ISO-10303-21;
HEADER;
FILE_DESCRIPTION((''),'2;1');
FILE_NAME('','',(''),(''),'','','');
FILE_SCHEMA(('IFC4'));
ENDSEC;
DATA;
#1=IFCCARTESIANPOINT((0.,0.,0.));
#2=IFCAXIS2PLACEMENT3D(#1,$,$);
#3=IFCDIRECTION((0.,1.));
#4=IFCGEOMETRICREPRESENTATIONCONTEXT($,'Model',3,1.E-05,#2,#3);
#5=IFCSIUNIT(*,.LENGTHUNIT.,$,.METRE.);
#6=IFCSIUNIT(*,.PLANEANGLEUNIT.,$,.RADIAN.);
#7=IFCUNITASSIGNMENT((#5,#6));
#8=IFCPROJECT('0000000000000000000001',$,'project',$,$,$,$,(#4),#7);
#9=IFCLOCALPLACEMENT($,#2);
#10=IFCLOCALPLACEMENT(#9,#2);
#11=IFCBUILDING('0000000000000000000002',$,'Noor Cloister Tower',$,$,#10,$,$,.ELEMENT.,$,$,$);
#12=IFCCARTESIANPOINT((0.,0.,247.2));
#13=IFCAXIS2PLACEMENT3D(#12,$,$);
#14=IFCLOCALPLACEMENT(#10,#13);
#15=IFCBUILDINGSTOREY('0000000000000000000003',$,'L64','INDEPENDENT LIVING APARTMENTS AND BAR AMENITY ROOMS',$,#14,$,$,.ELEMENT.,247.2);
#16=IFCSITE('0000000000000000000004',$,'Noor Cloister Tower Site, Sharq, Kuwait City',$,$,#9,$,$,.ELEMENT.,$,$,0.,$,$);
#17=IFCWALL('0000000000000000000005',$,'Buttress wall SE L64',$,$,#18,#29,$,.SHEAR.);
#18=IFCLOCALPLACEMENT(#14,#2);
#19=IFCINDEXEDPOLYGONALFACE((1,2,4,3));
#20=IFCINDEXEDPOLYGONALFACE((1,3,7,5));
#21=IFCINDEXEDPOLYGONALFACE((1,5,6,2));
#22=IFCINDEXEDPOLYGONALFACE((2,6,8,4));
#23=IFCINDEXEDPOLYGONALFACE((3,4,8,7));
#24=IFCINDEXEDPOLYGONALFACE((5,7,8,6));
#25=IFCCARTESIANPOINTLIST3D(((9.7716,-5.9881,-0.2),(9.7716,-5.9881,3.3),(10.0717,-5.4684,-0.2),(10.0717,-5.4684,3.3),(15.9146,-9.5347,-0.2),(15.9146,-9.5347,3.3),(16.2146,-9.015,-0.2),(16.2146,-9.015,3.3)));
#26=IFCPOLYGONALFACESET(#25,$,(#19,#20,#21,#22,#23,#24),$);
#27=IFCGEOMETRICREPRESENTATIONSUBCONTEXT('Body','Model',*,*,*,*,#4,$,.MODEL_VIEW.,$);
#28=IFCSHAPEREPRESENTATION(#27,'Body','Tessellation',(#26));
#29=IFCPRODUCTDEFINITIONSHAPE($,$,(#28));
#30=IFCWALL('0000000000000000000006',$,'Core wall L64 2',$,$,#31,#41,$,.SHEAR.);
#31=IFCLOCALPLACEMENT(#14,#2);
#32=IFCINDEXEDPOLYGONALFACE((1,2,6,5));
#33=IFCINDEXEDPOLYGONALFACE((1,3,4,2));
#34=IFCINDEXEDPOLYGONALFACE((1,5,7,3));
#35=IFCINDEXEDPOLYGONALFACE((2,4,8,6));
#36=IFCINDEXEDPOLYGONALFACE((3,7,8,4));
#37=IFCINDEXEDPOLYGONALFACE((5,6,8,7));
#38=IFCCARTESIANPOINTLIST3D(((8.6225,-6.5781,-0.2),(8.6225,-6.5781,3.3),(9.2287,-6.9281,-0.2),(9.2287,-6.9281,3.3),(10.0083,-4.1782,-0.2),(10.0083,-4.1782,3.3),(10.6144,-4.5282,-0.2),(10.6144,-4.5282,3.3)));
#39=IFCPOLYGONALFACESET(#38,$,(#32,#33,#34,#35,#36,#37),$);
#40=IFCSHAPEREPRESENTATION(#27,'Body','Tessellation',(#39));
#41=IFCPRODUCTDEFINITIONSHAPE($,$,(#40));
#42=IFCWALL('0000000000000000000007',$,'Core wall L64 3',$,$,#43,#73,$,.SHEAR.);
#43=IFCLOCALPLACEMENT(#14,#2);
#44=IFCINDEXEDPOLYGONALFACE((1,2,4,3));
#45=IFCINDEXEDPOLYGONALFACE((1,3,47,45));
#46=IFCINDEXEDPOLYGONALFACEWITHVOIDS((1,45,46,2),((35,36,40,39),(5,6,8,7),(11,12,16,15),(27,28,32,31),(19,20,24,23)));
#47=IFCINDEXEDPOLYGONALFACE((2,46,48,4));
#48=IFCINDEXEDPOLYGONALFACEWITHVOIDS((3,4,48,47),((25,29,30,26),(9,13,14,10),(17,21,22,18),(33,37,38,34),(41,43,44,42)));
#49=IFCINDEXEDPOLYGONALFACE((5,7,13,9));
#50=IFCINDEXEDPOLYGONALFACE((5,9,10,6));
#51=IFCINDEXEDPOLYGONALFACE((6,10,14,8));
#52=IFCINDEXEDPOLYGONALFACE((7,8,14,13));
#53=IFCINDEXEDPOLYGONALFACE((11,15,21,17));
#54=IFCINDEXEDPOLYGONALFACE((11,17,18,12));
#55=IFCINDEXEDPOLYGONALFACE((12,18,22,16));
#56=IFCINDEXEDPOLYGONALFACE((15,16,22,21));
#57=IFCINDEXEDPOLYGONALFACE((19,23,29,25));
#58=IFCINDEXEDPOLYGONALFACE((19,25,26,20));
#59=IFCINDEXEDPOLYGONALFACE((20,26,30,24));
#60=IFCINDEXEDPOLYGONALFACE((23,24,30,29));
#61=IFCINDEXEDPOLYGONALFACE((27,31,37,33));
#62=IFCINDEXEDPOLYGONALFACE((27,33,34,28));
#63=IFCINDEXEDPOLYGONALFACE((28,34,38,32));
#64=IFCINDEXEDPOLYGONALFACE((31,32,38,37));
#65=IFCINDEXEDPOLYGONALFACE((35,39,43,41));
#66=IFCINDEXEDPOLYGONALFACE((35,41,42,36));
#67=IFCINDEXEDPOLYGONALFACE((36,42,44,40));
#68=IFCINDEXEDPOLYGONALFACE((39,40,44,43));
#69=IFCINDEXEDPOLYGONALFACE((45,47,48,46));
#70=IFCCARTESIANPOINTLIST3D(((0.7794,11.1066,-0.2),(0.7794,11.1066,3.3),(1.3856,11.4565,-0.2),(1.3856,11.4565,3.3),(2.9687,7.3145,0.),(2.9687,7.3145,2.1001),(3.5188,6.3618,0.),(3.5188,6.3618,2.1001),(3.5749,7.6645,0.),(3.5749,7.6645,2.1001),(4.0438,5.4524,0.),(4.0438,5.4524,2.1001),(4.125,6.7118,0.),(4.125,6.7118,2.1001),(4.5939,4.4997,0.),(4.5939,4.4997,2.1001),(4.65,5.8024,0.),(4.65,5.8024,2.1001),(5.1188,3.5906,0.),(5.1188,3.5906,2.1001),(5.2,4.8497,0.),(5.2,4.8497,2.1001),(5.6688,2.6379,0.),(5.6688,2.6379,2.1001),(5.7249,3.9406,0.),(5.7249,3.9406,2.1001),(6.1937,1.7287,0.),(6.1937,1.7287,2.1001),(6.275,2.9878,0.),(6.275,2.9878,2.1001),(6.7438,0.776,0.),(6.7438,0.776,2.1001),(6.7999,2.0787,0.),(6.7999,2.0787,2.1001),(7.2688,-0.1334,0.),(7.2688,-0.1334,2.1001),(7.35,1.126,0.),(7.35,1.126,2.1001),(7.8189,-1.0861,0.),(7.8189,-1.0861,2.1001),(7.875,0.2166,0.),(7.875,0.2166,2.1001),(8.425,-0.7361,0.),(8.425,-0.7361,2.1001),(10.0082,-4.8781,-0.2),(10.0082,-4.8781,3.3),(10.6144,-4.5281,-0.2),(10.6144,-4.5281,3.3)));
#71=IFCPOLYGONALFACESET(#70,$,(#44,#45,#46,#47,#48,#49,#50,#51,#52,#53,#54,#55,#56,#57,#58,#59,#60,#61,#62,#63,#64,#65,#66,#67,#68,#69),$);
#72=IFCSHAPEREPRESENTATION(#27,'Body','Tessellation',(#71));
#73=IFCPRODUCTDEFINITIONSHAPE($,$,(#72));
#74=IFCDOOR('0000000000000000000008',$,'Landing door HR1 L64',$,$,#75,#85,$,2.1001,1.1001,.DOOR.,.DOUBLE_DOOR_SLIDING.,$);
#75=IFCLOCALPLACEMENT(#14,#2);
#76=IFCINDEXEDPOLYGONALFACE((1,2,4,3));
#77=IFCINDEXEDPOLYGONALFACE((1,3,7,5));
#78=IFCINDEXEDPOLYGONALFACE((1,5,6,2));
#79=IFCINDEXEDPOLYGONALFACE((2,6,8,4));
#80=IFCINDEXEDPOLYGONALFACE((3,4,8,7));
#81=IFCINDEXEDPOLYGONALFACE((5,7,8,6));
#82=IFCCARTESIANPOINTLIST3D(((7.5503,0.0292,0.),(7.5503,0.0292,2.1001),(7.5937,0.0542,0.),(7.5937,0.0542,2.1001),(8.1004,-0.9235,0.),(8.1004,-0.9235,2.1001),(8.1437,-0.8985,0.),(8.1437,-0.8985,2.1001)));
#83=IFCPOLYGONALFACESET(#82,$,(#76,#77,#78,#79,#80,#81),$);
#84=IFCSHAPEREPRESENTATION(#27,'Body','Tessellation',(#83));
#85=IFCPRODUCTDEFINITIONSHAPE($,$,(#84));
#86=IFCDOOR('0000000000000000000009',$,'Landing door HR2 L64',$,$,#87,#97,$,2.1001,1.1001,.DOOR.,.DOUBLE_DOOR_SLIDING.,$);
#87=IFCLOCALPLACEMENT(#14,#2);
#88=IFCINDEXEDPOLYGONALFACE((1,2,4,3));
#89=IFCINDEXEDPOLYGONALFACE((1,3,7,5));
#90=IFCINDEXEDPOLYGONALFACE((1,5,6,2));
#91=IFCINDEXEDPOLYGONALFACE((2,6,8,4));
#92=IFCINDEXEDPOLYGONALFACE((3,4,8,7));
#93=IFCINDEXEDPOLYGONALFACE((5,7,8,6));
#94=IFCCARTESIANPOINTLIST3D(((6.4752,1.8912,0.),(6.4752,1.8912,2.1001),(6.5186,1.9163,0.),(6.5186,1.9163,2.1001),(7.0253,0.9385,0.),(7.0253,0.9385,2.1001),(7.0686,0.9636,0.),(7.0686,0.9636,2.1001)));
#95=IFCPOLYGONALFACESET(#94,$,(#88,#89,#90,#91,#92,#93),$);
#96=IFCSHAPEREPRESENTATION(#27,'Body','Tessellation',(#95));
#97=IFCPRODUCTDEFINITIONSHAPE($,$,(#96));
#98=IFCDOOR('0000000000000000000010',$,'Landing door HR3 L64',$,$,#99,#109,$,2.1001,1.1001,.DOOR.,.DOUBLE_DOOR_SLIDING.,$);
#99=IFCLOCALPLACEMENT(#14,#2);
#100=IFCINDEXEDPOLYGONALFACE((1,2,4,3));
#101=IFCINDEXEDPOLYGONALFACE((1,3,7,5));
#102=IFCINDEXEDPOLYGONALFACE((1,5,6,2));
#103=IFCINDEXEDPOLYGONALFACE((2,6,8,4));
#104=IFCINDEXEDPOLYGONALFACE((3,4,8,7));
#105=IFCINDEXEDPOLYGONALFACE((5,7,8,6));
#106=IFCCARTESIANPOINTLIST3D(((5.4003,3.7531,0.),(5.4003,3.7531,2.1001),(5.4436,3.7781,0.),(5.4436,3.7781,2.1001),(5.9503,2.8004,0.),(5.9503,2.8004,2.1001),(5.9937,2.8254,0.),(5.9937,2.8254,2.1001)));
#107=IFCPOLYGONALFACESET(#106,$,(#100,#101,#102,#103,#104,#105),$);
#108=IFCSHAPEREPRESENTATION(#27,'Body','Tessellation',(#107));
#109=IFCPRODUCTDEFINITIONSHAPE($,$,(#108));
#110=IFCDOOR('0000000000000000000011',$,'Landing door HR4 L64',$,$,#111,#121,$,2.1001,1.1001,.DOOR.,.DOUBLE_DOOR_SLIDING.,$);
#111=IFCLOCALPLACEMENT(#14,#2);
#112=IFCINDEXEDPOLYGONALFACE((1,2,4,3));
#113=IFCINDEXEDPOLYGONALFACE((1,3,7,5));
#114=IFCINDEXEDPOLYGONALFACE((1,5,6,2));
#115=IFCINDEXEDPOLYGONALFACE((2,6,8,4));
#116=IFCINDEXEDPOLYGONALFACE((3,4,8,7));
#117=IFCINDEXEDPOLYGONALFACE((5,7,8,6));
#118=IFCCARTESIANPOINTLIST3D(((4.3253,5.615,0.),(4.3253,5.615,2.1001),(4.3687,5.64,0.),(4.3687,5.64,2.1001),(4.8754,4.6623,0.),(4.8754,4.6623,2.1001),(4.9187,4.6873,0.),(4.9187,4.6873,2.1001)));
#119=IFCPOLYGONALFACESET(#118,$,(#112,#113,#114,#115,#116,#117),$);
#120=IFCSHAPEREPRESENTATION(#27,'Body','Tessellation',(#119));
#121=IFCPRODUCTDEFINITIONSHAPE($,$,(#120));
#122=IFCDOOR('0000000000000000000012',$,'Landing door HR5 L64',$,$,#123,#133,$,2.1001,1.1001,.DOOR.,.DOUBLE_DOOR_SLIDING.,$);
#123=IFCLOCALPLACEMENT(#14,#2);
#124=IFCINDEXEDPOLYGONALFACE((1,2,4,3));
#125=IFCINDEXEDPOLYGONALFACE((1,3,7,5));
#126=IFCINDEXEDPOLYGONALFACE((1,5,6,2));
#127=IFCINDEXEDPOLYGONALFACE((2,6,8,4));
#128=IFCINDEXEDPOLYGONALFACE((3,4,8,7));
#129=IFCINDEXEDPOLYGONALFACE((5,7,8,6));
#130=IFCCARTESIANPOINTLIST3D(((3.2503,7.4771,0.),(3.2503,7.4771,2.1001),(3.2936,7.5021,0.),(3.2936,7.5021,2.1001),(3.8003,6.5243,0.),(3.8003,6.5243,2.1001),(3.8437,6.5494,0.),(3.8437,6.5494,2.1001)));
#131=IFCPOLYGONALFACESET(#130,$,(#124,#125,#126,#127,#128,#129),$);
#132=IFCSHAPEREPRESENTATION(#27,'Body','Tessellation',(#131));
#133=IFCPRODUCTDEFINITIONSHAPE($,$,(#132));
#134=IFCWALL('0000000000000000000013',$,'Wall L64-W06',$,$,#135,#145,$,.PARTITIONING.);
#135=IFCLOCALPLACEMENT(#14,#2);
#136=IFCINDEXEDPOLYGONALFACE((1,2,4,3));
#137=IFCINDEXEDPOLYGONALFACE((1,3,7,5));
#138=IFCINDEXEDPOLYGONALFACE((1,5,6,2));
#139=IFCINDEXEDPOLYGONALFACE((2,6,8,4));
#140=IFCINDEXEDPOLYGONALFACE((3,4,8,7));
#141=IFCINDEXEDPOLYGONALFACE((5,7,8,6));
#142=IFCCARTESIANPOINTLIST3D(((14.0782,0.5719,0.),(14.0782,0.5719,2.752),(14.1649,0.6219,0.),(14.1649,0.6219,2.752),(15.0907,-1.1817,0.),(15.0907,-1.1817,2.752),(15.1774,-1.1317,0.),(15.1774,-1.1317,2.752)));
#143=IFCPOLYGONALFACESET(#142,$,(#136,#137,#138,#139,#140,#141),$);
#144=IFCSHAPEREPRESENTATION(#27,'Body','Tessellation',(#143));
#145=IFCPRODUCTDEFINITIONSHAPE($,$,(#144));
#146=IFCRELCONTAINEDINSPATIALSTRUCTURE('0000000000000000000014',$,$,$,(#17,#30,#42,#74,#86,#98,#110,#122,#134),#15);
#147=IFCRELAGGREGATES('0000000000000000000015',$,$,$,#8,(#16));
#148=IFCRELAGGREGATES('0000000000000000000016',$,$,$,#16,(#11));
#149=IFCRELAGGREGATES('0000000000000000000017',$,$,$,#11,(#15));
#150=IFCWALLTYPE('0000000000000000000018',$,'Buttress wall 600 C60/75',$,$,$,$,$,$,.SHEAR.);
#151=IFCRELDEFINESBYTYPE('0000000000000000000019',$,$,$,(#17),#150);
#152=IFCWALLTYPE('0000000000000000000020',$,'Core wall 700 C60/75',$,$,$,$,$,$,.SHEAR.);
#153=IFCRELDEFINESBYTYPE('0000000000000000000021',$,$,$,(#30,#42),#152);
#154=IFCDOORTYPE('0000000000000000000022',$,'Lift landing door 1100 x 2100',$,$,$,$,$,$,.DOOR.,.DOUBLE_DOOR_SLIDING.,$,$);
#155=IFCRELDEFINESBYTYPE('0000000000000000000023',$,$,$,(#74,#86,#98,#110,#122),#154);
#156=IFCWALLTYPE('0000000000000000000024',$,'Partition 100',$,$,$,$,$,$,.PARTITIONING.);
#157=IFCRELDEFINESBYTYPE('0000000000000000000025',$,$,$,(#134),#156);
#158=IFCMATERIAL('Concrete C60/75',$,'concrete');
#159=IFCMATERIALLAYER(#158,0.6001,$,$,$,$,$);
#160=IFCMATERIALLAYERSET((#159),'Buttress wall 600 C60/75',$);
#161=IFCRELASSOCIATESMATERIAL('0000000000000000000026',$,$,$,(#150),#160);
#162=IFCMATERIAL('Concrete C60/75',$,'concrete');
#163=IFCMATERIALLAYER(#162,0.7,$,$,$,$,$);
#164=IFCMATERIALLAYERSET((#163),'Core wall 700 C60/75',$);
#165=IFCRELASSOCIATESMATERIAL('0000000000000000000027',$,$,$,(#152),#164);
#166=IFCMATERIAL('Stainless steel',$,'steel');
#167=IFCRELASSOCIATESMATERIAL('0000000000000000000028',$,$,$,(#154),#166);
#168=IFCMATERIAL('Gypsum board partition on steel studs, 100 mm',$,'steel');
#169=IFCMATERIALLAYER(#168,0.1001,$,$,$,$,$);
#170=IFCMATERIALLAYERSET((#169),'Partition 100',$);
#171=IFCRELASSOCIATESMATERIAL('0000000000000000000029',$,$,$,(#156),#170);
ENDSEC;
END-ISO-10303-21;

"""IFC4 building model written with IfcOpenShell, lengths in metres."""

from ifc_helpers import new_model, si_unit, direction, frame, frame_2d, origin, place, context, subcontext, project, spatial, rectangle, extrude, material, layer, layer_set, type_object, element, fill, save


model = new_model("IFC4")

# Units and contexts
model_context = context("Model", 3, precision=1e-05, world=origin(), true_north=direction((0.0, 1.0)))
body_context = subcontext(model_context, "Body", "Model", "MODEL_VIEW")
ifc_project = project(units=[si_unit("LENGTHUNIT", "METRE"), si_unit("PLANEANGLEUNIT", "RADIAN")], contexts=[model_context])

# Site, building, storey
site_placement = place(None, origin())
site = spatial("IfcSite", under=ifc_project, at=site_placement, Name="Noor Cloister Tower Site, Sharq, Kuwait City", CompositionType="ELEMENT", RefElevation=0.0)
building_placement = place(site_placement, origin())
building = spatial("IfcBuilding", under=site, at=building_placement, Name="Noor Cloister Tower", CompositionType="ELEMENT")
storey_placement = place(building_placement, frame((0.0, 0.0, 247.2)))
storey = spatial("IfcBuildingStorey", under=building, at=storey_placement, Name="L64", Description="INDEPENDENT LIVING APARTMENTS AND BAR AMENITY ROOMS", CompositionType="ELEMENT", Elevation=247.2)

# Walls
ifc_material_1 = material(Name="Concrete C60/75", Category="concrete")
ifc_layer_1 = layer(ifc_material_1, 0.6001)
ifc_layer_set_1 = layer_set([ifc_layer_1], Name="Buttress wall 600 C60/75")
wall_type_1 = type_object("IfcWallType", Name="Buttress wall 600 C60/75", PredefinedType="SHEAR", material=ifc_layer_set_1)
wall_1_placement = place(storey_placement, frame((9.9216, -5.7283, -0.2), z_axis=(0.0, 0.0, 1.0), x_axis=(0.86603, -0.499993, 0.0)))
element("IfcWall", 1, at=wall_1_placement, inside=storey, type_object=wall_type_1, Name="Buttress wall SE L64", PredefinedType="SHEAR", context=body_context, shape_type="SweptSolid", body=[
    extrude(rectangle(XDim=7.0933, YDim=0.6001, at=frame_2d((3.5466, 0.0))), origin(), (0.0, 0.0, 1.0), 3.5),
])
ifc_material_2 = material(Name="Concrete C60/75", Category="concrete")
ifc_layer_2 = layer(ifc_material_2, 0.7)
ifc_layer_set_2 = layer_set([ifc_layer_2], Name="Core wall 700 C60/75")
wall_type_2 = type_object("IfcWallType", Name="Core wall 700 C60/75", PredefinedType="SHEAR", material=ifc_layer_set_2)
wall_2_placement = place(storey_placement, frame((8.9255, -6.7532, -0.2), z_axis=(0.0, 0.0, 1.0), x_axis=(0.500043, 0.866001, 0.0)))
element("IfcWall", 2, at=wall_2_placement, inside=storey, type_object=wall_type_2, Name="Core wall L64 2", PredefinedType="SHEAR", context=body_context, shape_type="SweptSolid", body=[
    extrude(rectangle(XDim=2.7712, YDim=0.7, at=frame_2d((1.3857, 0.0))), origin(), (0.0, 0.0, 1.0), 3.5),
])

# Wall, openings, doors
wall_3_placement = place(storey_placement, frame((10.3113, -4.7031, -0.2), z_axis=(0.0, 0.0, 1.0), x_axis=(-0.500001, 0.866025, 0.0)))
wall_3 = element("IfcWall", 3, at=wall_3_placement, inside=storey, type_object=wall_type_2, Name="Core wall L64 3", PredefinedType="SHEAR", context=body_context, shape_type="SweptSolid", body=[
    extrude(rectangle(XDim=18.4575, YDim=0.7, at=frame_2d((9.2288, 0.0))), origin(), (0.0, 0.0, 1.0), 3.5),
])
opening_1_placement = place(wall_3_placement, frame((4.3787, 0.0, 0.2)))
opening_1 = element("IfcOpeningElement", 4, at=opening_1_placement, cuts=wall_3, PredefinedType="OPENING", context=body_context, shape_type="SweptSolid", body=[
    extrude(rectangle(XDim=1.1001, YDim=2.1001, at=frame_2d((0.55, 1.05))), frame((0.0, 0.3599, 0.0), z_axis=(0.0, -1.0, 0.0), x_axis=(1.0, 0.0, 0.0)), (0.0, 0.0, 1.0), 0.72),
])
opening_2_placement = place(wall_3_placement, frame((6.5288, 0.0, 0.2)))
opening_2 = element("IfcOpeningElement", 5, at=opening_2_placement, cuts=wall_3, PredefinedType="OPENING", context=body_context, shape_type="SweptSolid", body=[
    extrude(rectangle(XDim=1.1001, YDim=2.1001, at=frame_2d((0.55, 1.05))), frame((0.0, 0.3599, 0.0), z_axis=(0.0, -1.0, 0.0), x_axis=(1.0, 0.0, 0.0)), (0.0, 0.0, 1.0), 0.72),
])
opening_3_placement = place(wall_3_placement, frame((8.6787, 0.0, 0.2)))
opening_3 = element("IfcOpeningElement", 6, at=opening_3_placement, cuts=wall_3, PredefinedType="OPENING", context=body_context, shape_type="SweptSolid", body=[
    extrude(rectangle(XDim=1.1001, YDim=2.1001, at=frame_2d((0.55, 1.05))), frame((0.0, 0.3599, 0.0), z_axis=(0.0, -1.0, 0.0), x_axis=(1.0, 0.0, 0.0)), (0.0, 0.0, 1.0), 0.72),
])
opening_4_placement = place(wall_3_placement, frame((10.8286, 0.0, 0.2)))
opening_4 = element("IfcOpeningElement", 7, at=opening_4_placement, cuts=wall_3, PredefinedType="OPENING", context=body_context, shape_type="SweptSolid", body=[
    extrude(rectangle(XDim=1.1001, YDim=2.1001, at=frame_2d((0.55, 1.05))), frame((0.0, 0.3599, 0.0), z_axis=(0.0, -1.0, 0.0), x_axis=(1.0, 0.0, 0.0)), (0.0, 0.0, 1.0), 0.72),
])
opening_5_placement = place(wall_3_placement, frame((12.9788, 0.0, 0.2)))
opening_5 = element("IfcOpeningElement", 8, at=opening_5_placement, cuts=wall_3, PredefinedType="OPENING", context=body_context, shape_type="SweptSolid", body=[
    extrude(rectangle(XDim=1.1001, YDim=2.1001, at=frame_2d((0.55, 1.05))), frame((0.0, 0.3599, 0.0), z_axis=(0.0, -1.0, 0.0), x_axis=(1.0, 0.0, 0.0)), (0.0, 0.0, 1.0), 0.72),
])
ifc_material_3 = material(Name="Stainless steel", Category="steel")
door_type_1 = type_object("IfcDoorType", Name="Lift landing door 1100 x 2100", OperationType="DOUBLE_DOOR_SLIDING", PredefinedType="DOOR", material=ifc_material_3)
door_1_placement = place(opening_1_placement, origin())
door_1 = element("IfcDoor", 9, at=door_1_placement, inside=storey, type_object=door_type_1, Name="Landing door HR1 L64", OperationType="DOUBLE_DOOR_SLIDING", OverallHeight=2.1001, OverallWidth=1.1001, PredefinedType="DOOR", context=body_context, shape_type="SweptSolid", body=[
    extrude(rectangle(XDim=1.1001, YDim=2.1001, at=frame_2d((0.55, 1.05))), frame((0.0, 0.0249, 0.0), z_axis=(0.0, -1.0, 0.0), x_axis=(1.0, 0.0, 0.0)), (0.0, 0.0, 1.0), 0.05),
])
fill(opening_1, door_1)
door_2_placement = place(opening_2_placement, origin())
door_2 = element("IfcDoor", 10, at=door_2_placement, inside=storey, type_object=door_type_1, Name="Landing door HR2 L64", OperationType="DOUBLE_DOOR_SLIDING", OverallHeight=2.1001, OverallWidth=1.1001, PredefinedType="DOOR", context=body_context, shape_type="SweptSolid", body=[
    extrude(rectangle(XDim=1.1001, YDim=2.1001, at=frame_2d((0.55, 1.05))), frame((0.0, 0.0249, 0.0), z_axis=(0.0, -1.0, 0.0), x_axis=(1.0, 0.0, 0.0)), (0.0, 0.0, 1.0), 0.05),
])
fill(opening_2, door_2)
door_3_placement = place(opening_3_placement, origin())
door_3 = element("IfcDoor", 11, at=door_3_placement, inside=storey, type_object=door_type_1, Name="Landing door HR3 L64", OperationType="DOUBLE_DOOR_SLIDING", OverallHeight=2.1001, OverallWidth=1.1001, PredefinedType="DOOR", context=body_context, shape_type="SweptSolid", body=[
    extrude(rectangle(XDim=1.1001, YDim=2.1001, at=frame_2d((0.55, 1.05))), frame((0.0, 0.0249, 0.0), z_axis=(0.0, -1.0, 0.0), x_axis=(1.0, 0.0, 0.0)), (0.0, 0.0, 1.0), 0.05),
])
fill(opening_3, door_3)
door_4_placement = place(opening_4_placement, origin())
door_4 = element("IfcDoor", 12, at=door_4_placement, inside=storey, type_object=door_type_1, Name="Landing door HR4 L64", OperationType="DOUBLE_DOOR_SLIDING", OverallHeight=2.1001, OverallWidth=1.1001, PredefinedType="DOOR", context=body_context, shape_type="SweptSolid", body=[
    extrude(rectangle(XDim=1.1001, YDim=2.1001, at=frame_2d((0.55, 1.05))), frame((0.0, 0.0249, 0.0), z_axis=(0.0, -1.0, 0.0), x_axis=(1.0, 0.0, 0.0)), (0.0, 0.0, 1.0), 0.05),
])
fill(opening_4, door_4)
door_5_placement = place(opening_5_placement, origin())
door_5 = element("IfcDoor", 13, at=door_5_placement, inside=storey, type_object=door_type_1, Name="Landing door HR5 L64", OperationType="DOUBLE_DOOR_SLIDING", OverallHeight=2.1001, OverallWidth=1.1001, PredefinedType="DOOR", context=body_context, shape_type="SweptSolid", body=[
    extrude(rectangle(XDim=1.1001, YDim=2.1001, at=frame_2d((0.55, 1.05))), frame((0.0, 0.0249, 0.0), z_axis=(0.0, -1.0, 0.0), x_axis=(1.0, 0.0, 0.0)), (0.0, 0.0, 1.0), 0.05),
])
fill(opening_5, door_5)

# Wall
ifc_material_4 = material(Name="Gypsum board partition on steel studs, 100 mm", Category="steel")
ifc_layer_3 = layer(ifc_material_4, 0.1001)
ifc_layer_set_3 = layer_set([ifc_layer_3], Name="Partition 100")
wall_type_3 = type_object("IfcWallType", Name="Partition 100", PredefinedType="PARTITIONING", material=ifc_layer_set_3)
wall_4_placement = place(storey_placement, frame((14.1216, 0.5969, 0.0), z_axis=(0.0, 0.0, 1.0), x_axis=(0.49999, -0.866031, 0.0)))
element("IfcWall", 14, at=wall_4_placement, inside=storey, type_object=wall_type_3, Name="Wall L64-W06", PredefinedType="PARTITIONING", context=body_context, shape_type="SweptSolid", body=[
    extrude(rectangle(XDim=2.0249, YDim=0.1001, at=frame_2d((1.0125, 0.0))), origin(), (0.0, 0.0, 1.0), 2.752),
])

save(model, "model.ifc")
